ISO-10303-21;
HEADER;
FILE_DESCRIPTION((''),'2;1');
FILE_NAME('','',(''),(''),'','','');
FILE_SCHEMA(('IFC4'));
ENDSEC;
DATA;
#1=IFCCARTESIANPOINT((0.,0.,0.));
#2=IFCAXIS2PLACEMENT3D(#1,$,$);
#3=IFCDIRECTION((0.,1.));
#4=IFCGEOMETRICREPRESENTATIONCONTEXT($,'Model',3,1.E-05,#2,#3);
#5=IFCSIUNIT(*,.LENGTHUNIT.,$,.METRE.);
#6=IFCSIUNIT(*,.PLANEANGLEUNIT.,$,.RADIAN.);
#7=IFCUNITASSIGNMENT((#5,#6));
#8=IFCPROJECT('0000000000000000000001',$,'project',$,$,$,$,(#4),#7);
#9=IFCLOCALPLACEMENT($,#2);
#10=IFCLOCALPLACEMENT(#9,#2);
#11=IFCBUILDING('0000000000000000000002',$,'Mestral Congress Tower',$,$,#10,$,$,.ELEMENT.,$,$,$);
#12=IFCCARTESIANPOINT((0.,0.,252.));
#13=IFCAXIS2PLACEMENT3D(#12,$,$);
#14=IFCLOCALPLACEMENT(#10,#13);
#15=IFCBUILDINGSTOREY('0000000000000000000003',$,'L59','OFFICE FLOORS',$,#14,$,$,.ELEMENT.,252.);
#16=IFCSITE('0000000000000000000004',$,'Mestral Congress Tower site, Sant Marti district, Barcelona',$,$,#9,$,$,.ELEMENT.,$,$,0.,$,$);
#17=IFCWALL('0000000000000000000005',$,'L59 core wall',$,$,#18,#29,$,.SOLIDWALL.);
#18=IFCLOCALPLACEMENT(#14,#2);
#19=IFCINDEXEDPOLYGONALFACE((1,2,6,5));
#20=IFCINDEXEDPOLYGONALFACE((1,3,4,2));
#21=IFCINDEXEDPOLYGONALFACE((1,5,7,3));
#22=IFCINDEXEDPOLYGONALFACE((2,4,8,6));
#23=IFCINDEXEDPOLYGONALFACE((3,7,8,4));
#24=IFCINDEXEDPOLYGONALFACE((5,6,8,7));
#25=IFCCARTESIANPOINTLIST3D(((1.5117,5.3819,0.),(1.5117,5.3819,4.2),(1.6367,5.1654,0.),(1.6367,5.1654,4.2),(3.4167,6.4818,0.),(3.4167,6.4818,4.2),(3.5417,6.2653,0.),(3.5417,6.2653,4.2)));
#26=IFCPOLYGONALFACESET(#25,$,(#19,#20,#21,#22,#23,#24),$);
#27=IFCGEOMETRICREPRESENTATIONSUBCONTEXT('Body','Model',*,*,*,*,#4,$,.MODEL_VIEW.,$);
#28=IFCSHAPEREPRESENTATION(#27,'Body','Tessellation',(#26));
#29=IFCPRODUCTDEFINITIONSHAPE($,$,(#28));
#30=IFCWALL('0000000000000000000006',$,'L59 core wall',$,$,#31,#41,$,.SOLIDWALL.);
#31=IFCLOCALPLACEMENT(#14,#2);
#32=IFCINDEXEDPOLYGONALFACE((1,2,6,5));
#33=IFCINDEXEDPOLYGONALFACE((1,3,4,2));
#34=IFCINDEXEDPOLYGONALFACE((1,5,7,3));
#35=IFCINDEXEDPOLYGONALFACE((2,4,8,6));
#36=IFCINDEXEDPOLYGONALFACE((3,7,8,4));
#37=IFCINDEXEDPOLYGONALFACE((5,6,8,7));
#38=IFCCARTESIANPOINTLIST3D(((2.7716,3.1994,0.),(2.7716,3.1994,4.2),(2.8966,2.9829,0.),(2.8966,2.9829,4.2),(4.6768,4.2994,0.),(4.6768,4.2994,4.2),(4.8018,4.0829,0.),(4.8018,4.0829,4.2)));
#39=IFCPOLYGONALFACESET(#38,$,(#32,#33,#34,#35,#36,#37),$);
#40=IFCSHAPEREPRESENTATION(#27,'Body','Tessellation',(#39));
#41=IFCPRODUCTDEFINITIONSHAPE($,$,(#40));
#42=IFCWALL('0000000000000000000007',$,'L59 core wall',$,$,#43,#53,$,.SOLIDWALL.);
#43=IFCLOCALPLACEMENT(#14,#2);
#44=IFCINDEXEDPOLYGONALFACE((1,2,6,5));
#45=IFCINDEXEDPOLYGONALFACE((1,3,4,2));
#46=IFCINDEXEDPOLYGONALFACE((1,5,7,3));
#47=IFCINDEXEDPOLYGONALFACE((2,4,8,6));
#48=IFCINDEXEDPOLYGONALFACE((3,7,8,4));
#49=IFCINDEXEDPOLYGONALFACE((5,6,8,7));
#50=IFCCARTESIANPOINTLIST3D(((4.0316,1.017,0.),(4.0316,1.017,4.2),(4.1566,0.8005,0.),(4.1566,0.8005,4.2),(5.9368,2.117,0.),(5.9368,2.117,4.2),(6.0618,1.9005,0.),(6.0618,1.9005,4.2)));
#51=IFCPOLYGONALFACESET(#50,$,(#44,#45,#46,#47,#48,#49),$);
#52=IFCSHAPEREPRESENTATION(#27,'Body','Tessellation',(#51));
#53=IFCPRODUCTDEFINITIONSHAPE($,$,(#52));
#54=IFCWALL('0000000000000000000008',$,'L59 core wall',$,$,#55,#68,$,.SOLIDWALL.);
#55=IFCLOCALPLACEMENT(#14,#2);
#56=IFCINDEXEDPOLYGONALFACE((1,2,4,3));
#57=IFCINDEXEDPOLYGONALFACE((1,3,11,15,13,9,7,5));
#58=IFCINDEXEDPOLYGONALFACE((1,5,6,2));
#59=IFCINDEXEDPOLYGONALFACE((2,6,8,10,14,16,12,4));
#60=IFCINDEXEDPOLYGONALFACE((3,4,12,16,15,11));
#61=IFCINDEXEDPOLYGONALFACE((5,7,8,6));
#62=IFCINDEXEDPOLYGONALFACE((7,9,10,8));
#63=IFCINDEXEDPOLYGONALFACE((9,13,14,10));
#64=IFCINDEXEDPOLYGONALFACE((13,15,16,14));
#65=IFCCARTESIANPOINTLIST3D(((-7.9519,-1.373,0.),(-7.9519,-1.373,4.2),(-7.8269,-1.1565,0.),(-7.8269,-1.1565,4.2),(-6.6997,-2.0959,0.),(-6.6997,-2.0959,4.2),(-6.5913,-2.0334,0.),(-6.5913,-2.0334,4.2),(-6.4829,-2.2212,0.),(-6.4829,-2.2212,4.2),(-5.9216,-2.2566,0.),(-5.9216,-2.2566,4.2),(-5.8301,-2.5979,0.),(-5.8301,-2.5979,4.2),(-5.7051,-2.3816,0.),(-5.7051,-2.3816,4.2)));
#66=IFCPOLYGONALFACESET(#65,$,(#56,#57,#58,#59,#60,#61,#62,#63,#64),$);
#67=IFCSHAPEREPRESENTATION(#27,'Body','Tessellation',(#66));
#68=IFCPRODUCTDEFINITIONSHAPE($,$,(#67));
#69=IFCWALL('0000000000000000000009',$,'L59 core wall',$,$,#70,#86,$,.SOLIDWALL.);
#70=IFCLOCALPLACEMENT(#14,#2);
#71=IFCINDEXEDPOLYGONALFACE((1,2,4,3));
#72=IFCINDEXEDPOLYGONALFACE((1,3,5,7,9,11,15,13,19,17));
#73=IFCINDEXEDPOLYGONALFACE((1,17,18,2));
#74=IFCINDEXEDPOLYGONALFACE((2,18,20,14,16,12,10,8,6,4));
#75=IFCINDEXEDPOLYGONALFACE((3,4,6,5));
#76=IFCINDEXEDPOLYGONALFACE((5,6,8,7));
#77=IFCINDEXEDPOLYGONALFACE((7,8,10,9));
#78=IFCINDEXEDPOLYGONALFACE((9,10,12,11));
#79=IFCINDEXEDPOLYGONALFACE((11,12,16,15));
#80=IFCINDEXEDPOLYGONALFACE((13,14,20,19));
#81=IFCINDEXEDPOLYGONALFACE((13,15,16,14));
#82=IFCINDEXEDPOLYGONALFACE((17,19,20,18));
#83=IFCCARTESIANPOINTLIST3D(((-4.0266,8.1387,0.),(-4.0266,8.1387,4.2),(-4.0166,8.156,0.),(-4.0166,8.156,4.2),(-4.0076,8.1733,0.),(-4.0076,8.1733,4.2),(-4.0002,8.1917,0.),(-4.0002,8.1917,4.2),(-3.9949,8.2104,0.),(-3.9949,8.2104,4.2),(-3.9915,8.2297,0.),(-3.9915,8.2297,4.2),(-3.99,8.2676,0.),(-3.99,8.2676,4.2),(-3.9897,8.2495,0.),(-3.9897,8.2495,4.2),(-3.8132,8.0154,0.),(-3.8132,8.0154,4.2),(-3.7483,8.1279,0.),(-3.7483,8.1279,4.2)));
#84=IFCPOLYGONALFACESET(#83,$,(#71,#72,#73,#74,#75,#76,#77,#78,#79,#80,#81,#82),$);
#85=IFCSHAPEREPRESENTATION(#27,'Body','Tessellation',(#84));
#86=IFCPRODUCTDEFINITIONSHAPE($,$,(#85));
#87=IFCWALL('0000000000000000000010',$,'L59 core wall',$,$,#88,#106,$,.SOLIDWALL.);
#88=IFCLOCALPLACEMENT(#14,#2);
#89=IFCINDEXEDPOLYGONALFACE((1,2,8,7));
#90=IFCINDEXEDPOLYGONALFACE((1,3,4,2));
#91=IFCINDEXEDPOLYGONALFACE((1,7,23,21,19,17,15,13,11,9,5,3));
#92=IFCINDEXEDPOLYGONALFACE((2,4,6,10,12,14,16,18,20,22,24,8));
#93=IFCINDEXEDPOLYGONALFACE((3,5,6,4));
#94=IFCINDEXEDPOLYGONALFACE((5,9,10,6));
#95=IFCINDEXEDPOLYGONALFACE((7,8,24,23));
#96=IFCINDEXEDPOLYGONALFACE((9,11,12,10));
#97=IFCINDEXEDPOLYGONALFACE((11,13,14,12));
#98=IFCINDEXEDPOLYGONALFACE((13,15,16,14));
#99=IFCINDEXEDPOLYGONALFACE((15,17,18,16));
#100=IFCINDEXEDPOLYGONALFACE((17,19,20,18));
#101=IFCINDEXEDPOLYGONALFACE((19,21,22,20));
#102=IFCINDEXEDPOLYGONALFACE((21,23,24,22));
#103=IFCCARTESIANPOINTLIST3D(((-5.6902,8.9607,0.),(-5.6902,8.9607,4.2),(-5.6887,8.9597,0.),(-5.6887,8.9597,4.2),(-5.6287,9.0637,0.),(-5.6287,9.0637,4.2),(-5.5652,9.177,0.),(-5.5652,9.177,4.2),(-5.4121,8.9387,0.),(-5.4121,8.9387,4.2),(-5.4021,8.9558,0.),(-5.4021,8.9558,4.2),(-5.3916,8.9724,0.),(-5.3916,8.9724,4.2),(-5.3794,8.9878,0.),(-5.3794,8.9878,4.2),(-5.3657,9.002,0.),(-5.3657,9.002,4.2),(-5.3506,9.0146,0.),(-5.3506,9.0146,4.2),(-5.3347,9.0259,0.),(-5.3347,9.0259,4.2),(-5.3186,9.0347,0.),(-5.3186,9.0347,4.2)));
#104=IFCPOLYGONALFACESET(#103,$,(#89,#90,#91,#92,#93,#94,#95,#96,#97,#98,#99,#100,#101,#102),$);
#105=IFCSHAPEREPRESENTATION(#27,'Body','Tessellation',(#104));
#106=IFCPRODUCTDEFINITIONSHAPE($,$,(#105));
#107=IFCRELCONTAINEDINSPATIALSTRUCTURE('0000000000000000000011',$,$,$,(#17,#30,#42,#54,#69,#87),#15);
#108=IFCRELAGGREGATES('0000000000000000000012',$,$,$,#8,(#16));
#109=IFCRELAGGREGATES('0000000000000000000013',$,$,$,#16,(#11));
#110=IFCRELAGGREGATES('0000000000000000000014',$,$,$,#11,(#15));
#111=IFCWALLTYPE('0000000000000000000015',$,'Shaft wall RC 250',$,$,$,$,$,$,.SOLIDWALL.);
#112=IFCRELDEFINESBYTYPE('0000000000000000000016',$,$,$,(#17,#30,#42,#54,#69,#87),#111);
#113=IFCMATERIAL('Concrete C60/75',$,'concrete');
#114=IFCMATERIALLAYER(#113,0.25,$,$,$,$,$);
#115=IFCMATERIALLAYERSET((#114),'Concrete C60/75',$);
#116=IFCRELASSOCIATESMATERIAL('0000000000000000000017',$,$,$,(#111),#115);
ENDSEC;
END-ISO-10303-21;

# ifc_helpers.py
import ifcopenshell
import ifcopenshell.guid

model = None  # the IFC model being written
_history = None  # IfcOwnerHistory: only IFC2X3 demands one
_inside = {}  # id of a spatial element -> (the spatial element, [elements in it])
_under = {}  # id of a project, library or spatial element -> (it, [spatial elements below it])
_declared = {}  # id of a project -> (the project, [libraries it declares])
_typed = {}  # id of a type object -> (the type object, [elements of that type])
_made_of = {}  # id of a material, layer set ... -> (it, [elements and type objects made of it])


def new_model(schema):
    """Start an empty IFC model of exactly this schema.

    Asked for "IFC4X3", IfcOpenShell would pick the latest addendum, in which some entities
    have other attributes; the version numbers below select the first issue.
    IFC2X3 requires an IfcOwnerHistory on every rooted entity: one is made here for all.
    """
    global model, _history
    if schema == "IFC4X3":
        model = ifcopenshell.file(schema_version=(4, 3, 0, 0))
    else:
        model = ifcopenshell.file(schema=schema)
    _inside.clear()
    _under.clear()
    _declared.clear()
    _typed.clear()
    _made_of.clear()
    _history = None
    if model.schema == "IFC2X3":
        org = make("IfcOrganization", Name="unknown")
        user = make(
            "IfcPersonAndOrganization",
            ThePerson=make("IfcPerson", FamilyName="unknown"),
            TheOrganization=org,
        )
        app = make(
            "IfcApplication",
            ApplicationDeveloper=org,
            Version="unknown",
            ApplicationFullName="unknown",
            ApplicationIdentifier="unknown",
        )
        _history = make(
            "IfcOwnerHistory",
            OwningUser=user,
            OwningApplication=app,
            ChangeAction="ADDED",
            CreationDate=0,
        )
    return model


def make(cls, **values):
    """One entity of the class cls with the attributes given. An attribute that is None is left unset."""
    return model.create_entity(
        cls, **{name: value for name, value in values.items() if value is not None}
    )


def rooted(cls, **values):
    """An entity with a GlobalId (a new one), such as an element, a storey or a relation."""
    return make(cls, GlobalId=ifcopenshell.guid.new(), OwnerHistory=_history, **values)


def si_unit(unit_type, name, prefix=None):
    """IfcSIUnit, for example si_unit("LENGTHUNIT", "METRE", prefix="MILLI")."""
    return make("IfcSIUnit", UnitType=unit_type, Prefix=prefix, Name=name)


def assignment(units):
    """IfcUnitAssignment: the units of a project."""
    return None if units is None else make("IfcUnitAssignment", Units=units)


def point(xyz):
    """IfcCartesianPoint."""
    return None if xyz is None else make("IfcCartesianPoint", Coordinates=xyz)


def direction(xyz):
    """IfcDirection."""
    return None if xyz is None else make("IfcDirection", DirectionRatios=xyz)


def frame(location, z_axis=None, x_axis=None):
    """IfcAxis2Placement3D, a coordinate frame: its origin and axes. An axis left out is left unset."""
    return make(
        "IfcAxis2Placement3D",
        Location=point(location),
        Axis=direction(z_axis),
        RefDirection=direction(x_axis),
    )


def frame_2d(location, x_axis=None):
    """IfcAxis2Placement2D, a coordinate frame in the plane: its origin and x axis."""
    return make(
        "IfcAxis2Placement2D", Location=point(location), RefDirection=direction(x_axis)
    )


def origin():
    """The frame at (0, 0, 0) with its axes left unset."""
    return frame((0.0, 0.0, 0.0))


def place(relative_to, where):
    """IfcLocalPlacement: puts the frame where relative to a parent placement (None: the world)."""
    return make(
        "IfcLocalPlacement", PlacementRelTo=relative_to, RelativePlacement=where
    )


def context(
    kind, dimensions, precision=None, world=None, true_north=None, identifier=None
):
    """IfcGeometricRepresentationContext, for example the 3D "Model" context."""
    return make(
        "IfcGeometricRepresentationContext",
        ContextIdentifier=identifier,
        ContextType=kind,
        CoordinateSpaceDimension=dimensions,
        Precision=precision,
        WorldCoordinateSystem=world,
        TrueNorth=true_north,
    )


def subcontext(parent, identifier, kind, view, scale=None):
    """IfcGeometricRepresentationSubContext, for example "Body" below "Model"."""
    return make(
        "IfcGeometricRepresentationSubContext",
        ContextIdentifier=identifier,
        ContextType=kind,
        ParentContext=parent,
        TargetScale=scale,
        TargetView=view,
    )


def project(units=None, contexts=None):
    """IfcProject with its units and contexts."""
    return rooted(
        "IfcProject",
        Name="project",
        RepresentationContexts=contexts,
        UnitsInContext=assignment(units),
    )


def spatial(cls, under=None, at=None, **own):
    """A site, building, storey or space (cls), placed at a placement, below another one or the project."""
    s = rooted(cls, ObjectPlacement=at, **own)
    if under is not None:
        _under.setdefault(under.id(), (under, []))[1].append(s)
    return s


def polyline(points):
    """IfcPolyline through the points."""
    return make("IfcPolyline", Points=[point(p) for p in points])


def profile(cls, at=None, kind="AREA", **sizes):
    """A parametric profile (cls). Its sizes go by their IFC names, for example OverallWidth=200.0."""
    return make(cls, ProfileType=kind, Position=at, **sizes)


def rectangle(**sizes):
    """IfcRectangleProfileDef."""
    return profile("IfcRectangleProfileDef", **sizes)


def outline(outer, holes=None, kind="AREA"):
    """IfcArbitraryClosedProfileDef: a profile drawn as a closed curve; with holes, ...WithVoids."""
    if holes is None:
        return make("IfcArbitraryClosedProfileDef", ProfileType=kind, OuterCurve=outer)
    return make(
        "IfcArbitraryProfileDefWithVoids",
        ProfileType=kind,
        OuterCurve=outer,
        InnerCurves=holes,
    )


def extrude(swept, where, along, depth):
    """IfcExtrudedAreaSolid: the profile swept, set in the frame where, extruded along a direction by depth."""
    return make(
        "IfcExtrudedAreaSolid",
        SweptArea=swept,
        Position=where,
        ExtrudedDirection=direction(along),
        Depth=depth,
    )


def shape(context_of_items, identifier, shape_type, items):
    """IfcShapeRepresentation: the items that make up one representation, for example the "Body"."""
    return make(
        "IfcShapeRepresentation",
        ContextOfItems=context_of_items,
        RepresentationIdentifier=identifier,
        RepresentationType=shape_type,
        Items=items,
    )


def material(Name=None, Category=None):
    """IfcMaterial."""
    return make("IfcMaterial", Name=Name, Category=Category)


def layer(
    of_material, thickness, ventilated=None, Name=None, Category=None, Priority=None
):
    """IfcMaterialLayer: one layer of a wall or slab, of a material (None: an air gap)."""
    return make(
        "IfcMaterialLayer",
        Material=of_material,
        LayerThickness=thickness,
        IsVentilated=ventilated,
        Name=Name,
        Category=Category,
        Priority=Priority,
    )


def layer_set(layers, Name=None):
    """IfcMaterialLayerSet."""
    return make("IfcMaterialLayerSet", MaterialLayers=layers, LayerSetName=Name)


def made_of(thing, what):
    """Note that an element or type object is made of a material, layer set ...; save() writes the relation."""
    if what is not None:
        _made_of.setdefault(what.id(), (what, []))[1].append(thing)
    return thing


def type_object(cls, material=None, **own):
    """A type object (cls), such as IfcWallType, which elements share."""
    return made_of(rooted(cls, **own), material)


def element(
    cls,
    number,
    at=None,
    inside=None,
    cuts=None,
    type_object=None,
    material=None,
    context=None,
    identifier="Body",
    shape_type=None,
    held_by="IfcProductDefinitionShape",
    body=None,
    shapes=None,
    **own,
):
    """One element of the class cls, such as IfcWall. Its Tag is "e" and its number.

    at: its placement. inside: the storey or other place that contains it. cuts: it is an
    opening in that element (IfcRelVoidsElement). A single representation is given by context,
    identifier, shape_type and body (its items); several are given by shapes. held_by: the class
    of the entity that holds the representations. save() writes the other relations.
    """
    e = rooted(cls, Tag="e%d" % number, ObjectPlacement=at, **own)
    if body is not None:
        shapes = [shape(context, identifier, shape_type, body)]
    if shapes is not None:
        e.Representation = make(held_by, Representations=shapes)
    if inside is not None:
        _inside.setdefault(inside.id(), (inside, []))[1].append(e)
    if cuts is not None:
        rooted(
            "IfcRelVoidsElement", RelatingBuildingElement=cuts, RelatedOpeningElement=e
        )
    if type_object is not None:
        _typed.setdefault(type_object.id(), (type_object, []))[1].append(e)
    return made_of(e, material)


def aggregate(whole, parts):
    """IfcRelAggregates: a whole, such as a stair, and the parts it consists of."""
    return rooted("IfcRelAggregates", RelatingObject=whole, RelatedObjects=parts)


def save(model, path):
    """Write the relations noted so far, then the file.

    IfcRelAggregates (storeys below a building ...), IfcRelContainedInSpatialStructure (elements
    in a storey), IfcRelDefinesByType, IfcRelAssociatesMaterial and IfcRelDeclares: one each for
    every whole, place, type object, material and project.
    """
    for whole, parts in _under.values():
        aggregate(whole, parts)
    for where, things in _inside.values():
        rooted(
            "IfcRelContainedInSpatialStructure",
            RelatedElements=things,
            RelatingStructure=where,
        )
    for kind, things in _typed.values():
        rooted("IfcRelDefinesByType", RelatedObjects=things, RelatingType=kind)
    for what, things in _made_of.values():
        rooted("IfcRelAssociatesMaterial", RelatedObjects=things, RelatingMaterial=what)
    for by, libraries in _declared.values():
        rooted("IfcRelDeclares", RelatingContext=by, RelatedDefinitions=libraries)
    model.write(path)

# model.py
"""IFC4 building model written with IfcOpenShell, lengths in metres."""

from ifc_helpers import new_model, si_unit, direction, frame, frame_2d, origin, place, context, subcontext, project, spatial, polyline, rectangle, outline, extrude, material, layer, layer_set, type_object, element, save


model = new_model("IFC4")

# Units and contexts
model_context = context("Model", 3, precision=1e-05, world=origin(), true_north=direction((0.0, 1.0)))
body_context = subcontext(model_context, "Body", "Model", "MODEL_VIEW")
ifc_project = project(units=[si_unit("LENGTHUNIT", "METRE"), si_unit("PLANEANGLEUNIT", "RADIAN")], contexts=[model_context])

# Site, building, storey
site_placement = place(None, origin())
site = spatial("IfcSite", under=ifc_project, at=site_placement, Name="Mestral Congress Tower site, Sant Marti district, Barcelona", CompositionType="ELEMENT", RefElevation=0.0)
building_placement = place(site_placement, origin())
building = spatial("IfcBuilding", under=site, at=building_placement, Name="Mestral Congress Tower", CompositionType="ELEMENT")
storey_placement = place(building_placement, frame((0.0, 0.0, 252.0)))
storey = spatial("IfcBuildingStorey", under=building, at=storey_placement, Name="L59", Description="OFFICE FLOORS", CompositionType="ELEMENT", Elevation=252.0)

# Walls
ifc_material_1 = material(Name="Concrete C60/75", Category="concrete")
placement = place(storey_placement, origin())
ifc_layer_1 = layer(ifc_material_1, 0.25)
ifc_layer_set_1 = layer_set([ifc_layer_1], Name="Concrete C60/75")
wall_type_1 = type_object("IfcWallType", Name="Shaft wall RC 250", PredefinedType="SOLIDWALL", material=ifc_layer_set_1)
wall_1_placement = place(storey_placement, frame((1.5742, 5.2737, 0.0), z_axis=(0.0, 0.0, 1.0), x_axis=(0.866028, 0.499995, 0.0)))
element("IfcWall", 1, at=wall_1_placement, inside=storey, type_object=wall_type_1, Name="L59 core wall", PredefinedType="SOLIDWALL", context=body_context, shape_type="SweptSolid", body=[
    extrude(rectangle(XDim=2.1997, YDim=0.25, at=frame_2d((1.0999, 0.0))), origin(), (0.0, 0.0, 1.0), 4.2),
])
for number, where, z_axis, x_axis, name in (
    (2, (2.834, 3.0911, 0.0), (0.0, 0.0, 1.0), (0.866008, 0.50003, 0.0), "L59 core wall"),
    (3, (4.094, 0.9087, 0.0), (0.0, 0.0, 1.0), (0.866008, 0.50003, 0.0), "L59 core wall"),
):
    element("IfcWall", number, at=place(storey_placement, frame(where, z_axis=z_axis, x_axis=x_axis)), inside=storey, type_object=wall_type_1, Name=name, PredefinedType="SOLIDWALL", context=body_context, shape_type="SweptSolid", body=[
        extrude(rectangle(XDim=2.2, YDim=0.25, at=frame_2d((1.1001, 0.0))), origin(), (0.0, 0.0, 1.0), 4.2),
    ])
element("IfcWall", 4, at=placement, inside=storey, type_object=wall_type_1, Name="L59 core wall", PredefinedType="SOLIDWALL", context=body_context, shape_type="SweptSolid", body=[
    extrude(outline(polyline([(-5.9216, -2.2566), (-5.9216, -2.2566), (-5.7051, -2.3816), (-5.8301, -2.5979), (-6.4829, -2.2212), (-6.5913, -2.0334), (-6.5913, -2.0334), (-6.6997, -2.0959), (-7.9519, -1.373), (-7.8269, -1.1565), (-5.9216, -2.2566)])), origin(), (0.0, 0.0, 1.0), 4.2),
])
element("IfcWall", 5, at=placement, inside=storey, type_object=wall_type_1, Name="L59 core wall", PredefinedType="SOLIDWALL", context=body_context, shape_type="SweptSolid", body=[
    extrude(outline(polyline([(-3.7483, 8.1279), (-3.8132, 8.0154), (-4.0266, 8.1387), (-4.0166, 8.156), (-4.0076, 8.1733), (-4.0002, 8.1917), (-3.9949, 8.2104), (-3.9915, 8.2297), (-3.9897, 8.2495), (-3.99, 8.2676), (-3.7483, 8.1279)])), origin(), (0.0, 0.0, 1.0), 4.2),
])
element("IfcWall", 6, at=placement, inside=storey, type_object=wall_type_1, Name="L59 core wall", PredefinedType="SOLIDWALL", context=body_context, shape_type="SweptSolid", body=[
    extrude(outline(polyline([(-5.6887, 8.9597), (-5.6902, 8.9607), (-5.5652, 9.177), (-5.3186, 9.0347), (-5.3347, 9.0259), (-5.3506, 9.0146), (-5.3657, 9.002), (-5.3794, 8.9878), (-5.3916, 8.9724), (-5.4021, 8.9558), (-5.4121, 8.9387), (-5.6287, 9.0637), (-5.6287, 9.0637), (-5.6887, 8.9597)])), origin(), (0.0, 0.0, 1.0), 4.2),
])

save(model, "model.ifc")
